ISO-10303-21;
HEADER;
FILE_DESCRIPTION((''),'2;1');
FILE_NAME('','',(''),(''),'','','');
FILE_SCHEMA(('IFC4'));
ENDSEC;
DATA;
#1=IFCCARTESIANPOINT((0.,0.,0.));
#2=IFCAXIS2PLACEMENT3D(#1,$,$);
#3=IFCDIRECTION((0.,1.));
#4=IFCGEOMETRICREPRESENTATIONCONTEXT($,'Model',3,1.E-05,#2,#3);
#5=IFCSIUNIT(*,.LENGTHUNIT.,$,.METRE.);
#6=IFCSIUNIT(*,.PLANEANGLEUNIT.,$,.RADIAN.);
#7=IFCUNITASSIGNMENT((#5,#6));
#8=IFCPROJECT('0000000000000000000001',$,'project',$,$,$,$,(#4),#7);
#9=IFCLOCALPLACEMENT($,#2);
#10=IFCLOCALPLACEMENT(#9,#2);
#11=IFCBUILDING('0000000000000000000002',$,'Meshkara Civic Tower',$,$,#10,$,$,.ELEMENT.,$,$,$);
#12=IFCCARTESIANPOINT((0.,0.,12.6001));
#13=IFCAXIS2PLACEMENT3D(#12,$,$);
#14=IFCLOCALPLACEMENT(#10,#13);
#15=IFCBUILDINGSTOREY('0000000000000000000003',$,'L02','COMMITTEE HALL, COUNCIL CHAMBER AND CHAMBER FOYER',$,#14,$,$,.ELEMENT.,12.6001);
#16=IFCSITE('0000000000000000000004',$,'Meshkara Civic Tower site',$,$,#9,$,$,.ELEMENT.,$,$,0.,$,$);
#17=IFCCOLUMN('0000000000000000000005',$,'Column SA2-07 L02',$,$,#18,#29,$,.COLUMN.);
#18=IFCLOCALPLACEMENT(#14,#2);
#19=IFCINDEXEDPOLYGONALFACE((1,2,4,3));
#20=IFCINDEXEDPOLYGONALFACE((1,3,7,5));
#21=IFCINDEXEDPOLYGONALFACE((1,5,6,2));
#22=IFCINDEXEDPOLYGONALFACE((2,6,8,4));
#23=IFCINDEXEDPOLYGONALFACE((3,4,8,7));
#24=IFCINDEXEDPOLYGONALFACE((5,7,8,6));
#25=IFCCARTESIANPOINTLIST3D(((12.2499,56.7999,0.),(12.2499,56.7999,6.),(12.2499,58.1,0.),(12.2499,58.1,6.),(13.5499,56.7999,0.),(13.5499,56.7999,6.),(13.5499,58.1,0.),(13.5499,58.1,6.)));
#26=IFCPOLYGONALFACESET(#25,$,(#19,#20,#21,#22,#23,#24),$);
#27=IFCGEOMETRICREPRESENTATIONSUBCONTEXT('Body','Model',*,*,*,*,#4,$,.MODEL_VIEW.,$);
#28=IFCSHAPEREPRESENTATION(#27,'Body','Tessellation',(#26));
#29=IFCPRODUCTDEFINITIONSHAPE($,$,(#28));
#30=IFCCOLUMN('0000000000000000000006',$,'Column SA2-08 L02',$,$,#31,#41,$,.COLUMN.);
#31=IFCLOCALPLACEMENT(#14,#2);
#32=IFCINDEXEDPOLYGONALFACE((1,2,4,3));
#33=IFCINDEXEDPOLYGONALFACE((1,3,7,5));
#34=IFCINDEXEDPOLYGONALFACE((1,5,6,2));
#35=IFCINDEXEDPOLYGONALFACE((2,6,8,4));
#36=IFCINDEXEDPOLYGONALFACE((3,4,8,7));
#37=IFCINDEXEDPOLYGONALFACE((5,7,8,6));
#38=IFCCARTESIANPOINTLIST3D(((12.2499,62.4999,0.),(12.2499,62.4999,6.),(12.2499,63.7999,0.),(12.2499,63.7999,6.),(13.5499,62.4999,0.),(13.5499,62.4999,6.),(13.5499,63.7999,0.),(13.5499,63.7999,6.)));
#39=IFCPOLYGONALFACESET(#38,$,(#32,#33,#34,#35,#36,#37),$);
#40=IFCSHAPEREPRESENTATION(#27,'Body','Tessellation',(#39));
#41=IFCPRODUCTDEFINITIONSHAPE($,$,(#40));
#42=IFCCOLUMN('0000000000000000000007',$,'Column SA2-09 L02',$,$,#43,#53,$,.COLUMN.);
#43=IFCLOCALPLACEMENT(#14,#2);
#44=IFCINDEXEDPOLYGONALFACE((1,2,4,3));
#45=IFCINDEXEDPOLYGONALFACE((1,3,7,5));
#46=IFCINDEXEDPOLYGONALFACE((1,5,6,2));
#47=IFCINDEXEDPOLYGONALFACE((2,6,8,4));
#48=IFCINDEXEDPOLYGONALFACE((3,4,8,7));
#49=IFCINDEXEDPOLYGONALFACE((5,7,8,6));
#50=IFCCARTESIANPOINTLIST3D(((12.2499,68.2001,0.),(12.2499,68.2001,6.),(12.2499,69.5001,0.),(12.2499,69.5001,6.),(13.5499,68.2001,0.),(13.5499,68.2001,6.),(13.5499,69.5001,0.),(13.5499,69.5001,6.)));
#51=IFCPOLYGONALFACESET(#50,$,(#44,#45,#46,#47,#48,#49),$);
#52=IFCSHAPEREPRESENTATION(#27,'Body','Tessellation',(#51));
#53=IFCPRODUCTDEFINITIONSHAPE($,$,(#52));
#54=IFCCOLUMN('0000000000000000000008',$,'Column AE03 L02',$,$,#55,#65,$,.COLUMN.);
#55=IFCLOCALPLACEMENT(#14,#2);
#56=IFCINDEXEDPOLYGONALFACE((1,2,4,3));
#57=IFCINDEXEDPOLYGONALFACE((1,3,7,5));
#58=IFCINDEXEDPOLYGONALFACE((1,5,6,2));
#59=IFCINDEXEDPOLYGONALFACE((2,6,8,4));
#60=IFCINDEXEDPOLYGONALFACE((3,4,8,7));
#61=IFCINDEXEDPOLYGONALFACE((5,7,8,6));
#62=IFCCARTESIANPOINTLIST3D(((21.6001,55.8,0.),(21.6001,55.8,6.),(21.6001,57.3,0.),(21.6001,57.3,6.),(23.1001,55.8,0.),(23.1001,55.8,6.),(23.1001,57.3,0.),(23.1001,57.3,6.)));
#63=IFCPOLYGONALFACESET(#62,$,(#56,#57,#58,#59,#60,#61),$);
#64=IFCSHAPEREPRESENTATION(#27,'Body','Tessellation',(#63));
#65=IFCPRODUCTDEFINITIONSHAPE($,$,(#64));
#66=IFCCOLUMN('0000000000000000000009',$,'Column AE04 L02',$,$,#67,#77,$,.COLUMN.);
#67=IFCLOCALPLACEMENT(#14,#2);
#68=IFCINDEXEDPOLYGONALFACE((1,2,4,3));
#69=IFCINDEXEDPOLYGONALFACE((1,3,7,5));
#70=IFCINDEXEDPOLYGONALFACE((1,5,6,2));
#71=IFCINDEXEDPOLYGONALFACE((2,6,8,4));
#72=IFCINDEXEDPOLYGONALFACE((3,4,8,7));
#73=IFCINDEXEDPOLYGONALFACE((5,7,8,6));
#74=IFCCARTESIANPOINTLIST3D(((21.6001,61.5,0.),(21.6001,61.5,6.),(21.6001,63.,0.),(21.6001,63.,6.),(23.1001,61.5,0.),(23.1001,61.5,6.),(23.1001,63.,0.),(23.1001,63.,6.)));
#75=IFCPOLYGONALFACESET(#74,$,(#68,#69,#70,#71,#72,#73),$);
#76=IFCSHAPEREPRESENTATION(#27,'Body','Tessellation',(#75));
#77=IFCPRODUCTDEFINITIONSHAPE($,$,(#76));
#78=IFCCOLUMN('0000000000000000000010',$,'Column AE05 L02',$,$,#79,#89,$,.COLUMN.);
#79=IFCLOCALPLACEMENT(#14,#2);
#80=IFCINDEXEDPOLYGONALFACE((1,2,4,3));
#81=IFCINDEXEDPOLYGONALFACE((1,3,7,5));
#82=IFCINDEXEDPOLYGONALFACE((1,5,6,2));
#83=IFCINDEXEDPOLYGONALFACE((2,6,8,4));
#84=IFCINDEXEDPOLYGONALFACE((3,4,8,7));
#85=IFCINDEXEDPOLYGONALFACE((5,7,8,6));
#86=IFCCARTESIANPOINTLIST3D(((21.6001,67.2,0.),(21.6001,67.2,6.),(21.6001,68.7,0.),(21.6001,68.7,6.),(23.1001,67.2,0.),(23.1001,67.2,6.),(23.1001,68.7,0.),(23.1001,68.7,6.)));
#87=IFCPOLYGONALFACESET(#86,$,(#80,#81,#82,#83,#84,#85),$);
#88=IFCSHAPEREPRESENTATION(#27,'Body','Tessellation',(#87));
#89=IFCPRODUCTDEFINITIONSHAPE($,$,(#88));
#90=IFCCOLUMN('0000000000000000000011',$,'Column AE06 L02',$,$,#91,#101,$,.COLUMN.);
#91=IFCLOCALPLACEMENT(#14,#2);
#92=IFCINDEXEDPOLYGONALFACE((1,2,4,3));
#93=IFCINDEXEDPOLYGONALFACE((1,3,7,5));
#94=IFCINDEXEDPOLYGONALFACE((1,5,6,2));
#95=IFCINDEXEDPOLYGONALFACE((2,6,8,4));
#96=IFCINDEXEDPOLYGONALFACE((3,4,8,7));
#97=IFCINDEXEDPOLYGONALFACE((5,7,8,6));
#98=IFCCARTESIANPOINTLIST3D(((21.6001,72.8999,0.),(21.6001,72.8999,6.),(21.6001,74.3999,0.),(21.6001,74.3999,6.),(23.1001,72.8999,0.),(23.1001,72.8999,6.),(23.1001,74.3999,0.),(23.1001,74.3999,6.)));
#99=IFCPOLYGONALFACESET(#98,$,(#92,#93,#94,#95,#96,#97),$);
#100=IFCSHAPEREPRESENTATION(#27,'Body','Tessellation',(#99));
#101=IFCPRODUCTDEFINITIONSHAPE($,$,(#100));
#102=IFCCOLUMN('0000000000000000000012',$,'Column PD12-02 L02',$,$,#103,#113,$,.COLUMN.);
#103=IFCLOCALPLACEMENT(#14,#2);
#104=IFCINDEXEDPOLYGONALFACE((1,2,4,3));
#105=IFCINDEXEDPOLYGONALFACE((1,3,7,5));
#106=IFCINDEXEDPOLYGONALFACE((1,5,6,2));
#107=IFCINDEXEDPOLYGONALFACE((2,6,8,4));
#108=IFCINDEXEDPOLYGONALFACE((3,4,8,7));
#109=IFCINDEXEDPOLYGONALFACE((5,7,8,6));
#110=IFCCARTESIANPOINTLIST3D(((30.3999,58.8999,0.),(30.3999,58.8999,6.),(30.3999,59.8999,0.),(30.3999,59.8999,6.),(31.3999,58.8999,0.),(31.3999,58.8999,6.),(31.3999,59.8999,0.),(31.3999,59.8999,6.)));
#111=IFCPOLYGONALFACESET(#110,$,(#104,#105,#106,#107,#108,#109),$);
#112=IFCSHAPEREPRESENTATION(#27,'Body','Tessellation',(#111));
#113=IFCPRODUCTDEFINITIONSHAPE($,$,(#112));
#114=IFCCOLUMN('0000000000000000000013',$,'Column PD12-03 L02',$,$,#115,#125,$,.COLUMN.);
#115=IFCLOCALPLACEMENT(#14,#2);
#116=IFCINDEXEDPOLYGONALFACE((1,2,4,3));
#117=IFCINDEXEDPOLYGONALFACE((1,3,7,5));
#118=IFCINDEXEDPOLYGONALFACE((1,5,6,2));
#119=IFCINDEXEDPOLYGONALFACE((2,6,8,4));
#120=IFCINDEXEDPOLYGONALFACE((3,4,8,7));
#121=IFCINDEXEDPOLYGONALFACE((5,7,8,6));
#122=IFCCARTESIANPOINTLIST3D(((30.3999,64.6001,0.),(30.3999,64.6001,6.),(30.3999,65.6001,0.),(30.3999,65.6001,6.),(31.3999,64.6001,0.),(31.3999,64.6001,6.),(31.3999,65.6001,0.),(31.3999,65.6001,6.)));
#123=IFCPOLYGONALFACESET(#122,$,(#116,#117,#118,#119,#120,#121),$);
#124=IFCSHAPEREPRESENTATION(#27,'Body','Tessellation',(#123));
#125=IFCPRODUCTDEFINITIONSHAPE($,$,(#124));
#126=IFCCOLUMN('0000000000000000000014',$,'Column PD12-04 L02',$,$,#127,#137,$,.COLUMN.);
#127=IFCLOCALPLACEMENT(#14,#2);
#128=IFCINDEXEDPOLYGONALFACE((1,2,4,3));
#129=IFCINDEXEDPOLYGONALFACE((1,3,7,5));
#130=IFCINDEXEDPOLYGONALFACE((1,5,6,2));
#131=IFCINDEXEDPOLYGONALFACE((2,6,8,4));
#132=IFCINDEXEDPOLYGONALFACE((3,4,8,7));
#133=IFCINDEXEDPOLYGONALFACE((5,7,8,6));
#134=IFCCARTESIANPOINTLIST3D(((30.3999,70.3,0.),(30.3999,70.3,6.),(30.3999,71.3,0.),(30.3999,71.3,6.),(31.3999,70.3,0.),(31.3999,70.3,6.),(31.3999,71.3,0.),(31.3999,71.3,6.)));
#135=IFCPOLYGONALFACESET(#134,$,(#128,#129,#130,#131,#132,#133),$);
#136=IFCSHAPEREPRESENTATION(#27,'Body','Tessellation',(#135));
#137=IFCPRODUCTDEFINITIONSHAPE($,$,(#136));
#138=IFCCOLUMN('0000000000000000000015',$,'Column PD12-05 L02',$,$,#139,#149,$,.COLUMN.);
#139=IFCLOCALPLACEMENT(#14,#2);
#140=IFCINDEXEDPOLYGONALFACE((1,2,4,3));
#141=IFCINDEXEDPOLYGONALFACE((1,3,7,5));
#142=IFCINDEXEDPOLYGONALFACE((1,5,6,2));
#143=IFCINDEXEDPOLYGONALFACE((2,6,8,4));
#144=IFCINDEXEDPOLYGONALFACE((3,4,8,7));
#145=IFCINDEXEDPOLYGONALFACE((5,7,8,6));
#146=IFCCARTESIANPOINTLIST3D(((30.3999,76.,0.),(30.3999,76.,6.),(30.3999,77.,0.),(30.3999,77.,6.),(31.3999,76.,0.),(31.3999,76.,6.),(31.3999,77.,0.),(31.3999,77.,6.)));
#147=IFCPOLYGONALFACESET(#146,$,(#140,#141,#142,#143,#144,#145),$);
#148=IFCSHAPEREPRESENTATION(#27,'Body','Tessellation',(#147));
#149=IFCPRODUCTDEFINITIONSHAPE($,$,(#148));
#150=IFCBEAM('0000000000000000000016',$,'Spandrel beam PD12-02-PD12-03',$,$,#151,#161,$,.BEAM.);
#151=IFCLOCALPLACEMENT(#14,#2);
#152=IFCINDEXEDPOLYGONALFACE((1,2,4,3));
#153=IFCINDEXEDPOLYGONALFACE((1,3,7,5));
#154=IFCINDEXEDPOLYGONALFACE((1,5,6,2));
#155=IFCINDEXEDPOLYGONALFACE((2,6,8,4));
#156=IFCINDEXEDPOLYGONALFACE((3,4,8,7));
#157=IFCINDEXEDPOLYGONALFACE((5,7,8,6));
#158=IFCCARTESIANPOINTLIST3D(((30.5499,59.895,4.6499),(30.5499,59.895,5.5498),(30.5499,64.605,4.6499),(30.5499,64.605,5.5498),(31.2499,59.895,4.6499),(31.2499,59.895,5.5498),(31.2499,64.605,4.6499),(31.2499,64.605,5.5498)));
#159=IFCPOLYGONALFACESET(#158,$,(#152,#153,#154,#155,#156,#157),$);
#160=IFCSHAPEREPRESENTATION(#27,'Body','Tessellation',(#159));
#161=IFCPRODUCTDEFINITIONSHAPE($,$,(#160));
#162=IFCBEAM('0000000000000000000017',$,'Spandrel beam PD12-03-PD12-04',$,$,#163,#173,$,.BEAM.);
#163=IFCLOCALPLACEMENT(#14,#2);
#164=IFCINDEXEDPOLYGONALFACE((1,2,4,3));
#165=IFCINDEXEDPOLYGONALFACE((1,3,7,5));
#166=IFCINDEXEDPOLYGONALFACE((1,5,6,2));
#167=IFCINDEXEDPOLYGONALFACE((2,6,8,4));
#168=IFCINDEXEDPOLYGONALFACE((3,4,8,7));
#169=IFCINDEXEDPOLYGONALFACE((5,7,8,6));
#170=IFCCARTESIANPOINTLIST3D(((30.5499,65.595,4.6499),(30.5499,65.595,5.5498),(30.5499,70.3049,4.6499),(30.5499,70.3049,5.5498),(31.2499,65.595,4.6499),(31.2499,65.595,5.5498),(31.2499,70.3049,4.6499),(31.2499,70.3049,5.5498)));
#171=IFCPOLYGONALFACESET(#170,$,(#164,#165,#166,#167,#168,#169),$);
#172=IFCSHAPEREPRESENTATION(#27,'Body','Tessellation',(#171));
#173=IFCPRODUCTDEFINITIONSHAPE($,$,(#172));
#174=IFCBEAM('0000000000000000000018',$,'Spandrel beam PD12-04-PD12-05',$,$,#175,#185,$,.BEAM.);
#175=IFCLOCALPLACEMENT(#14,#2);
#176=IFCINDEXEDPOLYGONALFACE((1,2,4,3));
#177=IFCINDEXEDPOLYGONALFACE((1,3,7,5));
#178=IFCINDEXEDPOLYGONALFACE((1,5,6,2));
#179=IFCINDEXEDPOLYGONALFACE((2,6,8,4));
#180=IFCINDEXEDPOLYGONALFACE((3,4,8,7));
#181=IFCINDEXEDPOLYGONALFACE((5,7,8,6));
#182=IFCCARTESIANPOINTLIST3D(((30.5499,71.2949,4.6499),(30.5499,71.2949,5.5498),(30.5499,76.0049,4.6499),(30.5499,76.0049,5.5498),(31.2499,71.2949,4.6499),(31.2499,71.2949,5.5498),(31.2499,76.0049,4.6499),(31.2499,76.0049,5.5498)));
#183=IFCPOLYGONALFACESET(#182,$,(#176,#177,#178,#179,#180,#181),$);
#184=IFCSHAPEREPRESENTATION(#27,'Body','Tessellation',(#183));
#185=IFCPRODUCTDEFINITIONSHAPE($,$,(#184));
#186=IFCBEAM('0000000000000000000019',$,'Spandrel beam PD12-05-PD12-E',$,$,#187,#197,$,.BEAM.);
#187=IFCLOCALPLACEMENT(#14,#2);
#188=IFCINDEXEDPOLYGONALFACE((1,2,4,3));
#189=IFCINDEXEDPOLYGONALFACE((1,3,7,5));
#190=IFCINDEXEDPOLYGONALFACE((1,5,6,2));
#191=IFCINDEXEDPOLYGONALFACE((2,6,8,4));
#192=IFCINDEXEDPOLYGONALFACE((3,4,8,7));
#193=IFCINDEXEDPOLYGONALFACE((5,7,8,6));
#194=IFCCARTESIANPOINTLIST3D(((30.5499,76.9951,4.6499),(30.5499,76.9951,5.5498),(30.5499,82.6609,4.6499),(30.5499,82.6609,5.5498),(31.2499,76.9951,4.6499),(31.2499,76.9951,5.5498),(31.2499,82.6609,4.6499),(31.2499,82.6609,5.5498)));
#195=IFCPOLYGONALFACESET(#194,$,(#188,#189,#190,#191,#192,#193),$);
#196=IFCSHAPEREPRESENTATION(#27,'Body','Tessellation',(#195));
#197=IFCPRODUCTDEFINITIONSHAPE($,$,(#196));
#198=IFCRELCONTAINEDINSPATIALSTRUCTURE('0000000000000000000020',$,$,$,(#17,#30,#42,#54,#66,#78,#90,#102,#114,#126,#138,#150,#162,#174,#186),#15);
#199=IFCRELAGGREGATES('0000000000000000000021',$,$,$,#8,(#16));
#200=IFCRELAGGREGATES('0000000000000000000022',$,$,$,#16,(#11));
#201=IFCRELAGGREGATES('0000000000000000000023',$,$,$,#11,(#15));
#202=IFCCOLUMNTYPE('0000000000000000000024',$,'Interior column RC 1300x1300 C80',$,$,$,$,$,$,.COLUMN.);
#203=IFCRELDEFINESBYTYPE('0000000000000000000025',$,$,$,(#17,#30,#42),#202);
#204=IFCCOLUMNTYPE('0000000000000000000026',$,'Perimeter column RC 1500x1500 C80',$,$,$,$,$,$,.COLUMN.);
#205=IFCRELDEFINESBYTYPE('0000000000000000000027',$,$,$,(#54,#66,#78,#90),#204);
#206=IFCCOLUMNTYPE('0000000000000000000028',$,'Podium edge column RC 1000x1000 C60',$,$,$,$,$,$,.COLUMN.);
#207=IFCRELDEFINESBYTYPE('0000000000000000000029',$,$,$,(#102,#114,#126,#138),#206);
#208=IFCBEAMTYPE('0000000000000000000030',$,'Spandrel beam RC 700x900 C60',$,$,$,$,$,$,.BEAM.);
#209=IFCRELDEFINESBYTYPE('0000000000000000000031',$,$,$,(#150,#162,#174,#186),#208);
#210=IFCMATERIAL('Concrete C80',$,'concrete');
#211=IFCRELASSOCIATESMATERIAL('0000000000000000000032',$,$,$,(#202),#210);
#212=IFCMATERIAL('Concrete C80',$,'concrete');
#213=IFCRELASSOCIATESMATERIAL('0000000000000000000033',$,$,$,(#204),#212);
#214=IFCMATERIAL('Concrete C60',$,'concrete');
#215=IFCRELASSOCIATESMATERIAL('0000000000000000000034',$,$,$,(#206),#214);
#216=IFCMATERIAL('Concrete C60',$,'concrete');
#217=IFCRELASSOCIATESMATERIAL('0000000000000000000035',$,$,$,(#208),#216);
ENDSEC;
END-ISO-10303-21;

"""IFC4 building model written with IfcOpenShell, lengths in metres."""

from ifc_helpers import new_model, si_unit, direction, frame, origin, origin_2d, place, context, subcontext, project, spatial, rectangle, extrude, material, material_profile, profile_set, type_object, element, save


model = new_model("IFC4")

# Units and contexts
model_context = context("Model", 3, precision=1e-05, world=origin(), true_north=direction((0.0, 1.0)))
body_context = subcontext(model_context, "Body", "Model", "MODEL_VIEW")
ifc_project = project(units=[si_unit("LENGTHUNIT", "METRE"), si_unit("PLANEANGLEUNIT", "RADIAN")], contexts=[model_context])

# Site, building, storey
site_placement = place(None, origin())
site = spatial("IfcSite", under=ifc_project, at=site_placement, Name="Meshkara Civic Tower site", CompositionType="ELEMENT", RefElevation=0.0)
building_placement = place(site_placement, origin())
building = spatial("IfcBuilding", under=site, at=building_placement, Name="Meshkara Civic Tower", CompositionType="ELEMENT")
storey_placement = place(building_placement, frame((0.0, 0.0, 12.6001)))
storey = spatial("IfcBuildingStorey", under=building, at=storey_placement, Name="L02", Description="COMMITTEE HALL, COUNCIL CHAMBER AND CHAMBER FOYER", CompositionType="ELEMENT", Elevation=12.6001)

# Columns
ifc_material_1 = material(Name="Concrete C80", Category="concrete")
ifc_material_profile_1 = material_profile(ifc_material_1, rectangle(XDim=1.3, YDim=1.3, at=origin_2d()))
ifc_profile_set_1 = profile_set([ifc_material_profile_1], Name="Concrete C80")
column_type_1 = type_object("IfcColumnType", Name="Interior column RC 1300x1300 C80", PredefinedType="COLUMN", material=ifc_profile_set_1)
for number, where, z_axis, x_axis, name in (
    (1, (12.8999, 57.45, 0.0), (0.0, 0.0, 1.0), (1.0, 0.0, 0.0), "Column SA2-07 L02"),
    (2, (12.8999, 63.1499, 0.0), (0.0, 0.0, 1.0), (1.0, 0.0, 0.0), "Column SA2-08 L02"),
    (3, (12.8999, 68.8501, 0.0), (0.0, 0.0, 1.0), (1.0, 0.0, 0.0), "Column SA2-09 L02"),
):
    element("IfcColumn", number, at=place(storey_placement, frame(where, z_axis=z_axis, x_axis=x_axis)), inside=storey, type_object=column_type_1, Name=name, PredefinedType="COLUMN", context=body_context, shape_type="SweptSolid", body=[
        extrude(rectangle(XDim=1.3, YDim=1.3, at=origin_2d()), origin(), (0.0, 0.0, 1.0), 6.0),
    ])
ifc_material_2 = material(Name="Concrete C80", Category="concrete")
ifc_material_profile_2 = material_profile(ifc_material_2, rectangle(XDim=1.5, YDim=1.5, at=origin_2d()))
ifc_profile_set_2 = profile_set([ifc_material_profile_2], Name="Concrete C80")
column_type_2 = type_object("IfcColumnType", Name="Perimeter column RC 1500x1500 C80", PredefinedType="COLUMN", material=ifc_profile_set_2)
for number, where, z_axis, x_axis, name in (
    (4, (22.3501, 56.55, 0.0), (0.0, 0.0, 1.0), (1.0, 0.0, 0.0), "Column AE03 L02"),
    (5, (22.3501, 62.25, 0.0), (0.0, 0.0, 1.0), (1.0, 0.0, 0.0), "Column AE04 L02"),
    (6, (22.3501, 67.95, 0.0), (0.0, 0.0, 1.0), (1.0, 0.0, 0.0), "Column AE05 L02"),
    (7, (22.3501, 73.6499, 0.0), (0.0, 0.0, 1.0), (1.0, 0.0, 0.0), "Column AE06 L02"),
):
    element("IfcColumn", number, at=place(storey_placement, frame(where, z_axis=z_axis, x_axis=x_axis)), inside=storey, type_object=column_type_2, Name=name, PredefinedType="COLUMN", context=body_context, shape_type="SweptSolid", body=[
        extrude(rectangle(XDim=1.5, YDim=1.5, at=origin_2d()), origin(), (0.0, 0.0, 1.0), 6.0),
    ])
ifc_material_3 = material(Name="Concrete C60", Category="concrete")
ifc_material_profile_3 = material_profile(ifc_material_3, rectangle(XDim=1.0, YDim=1.0, at=origin_2d()))
ifc_profile_set_3 = profile_set([ifc_material_profile_3], Name="Concrete C60")
column_type_3 = type_object("IfcColumnType", Name="Podium edge column RC 1000x1000 C60", PredefinedType="COLUMN", material=ifc_profile_set_3)
for number, where, z_axis, x_axis, name in (
    (8, (30.8999, 59.3999, 0.0), (0.0, 0.0, 1.0), (1.0, 0.0, 0.0), "Column PD12-02 L02"),
    (9, (30.8999, 65.1001, 0.0), (0.0, 0.0, 1.0), (1.0, 0.0, 0.0), "Column PD12-03 L02"),
    (10, (30.8999, 70.8, 0.0), (0.0, 0.0, 1.0), (1.0, 0.0, 0.0), "Column PD12-04 L02"),
    (11, (30.8999, 76.5, 0.0), (0.0, 0.0, 1.0), (1.0, 0.0, 0.0), "Column PD12-05 L02"),
):
    element("IfcColumn", number, at=place(storey_placement, frame(where, z_axis=z_axis, x_axis=x_axis)), inside=storey, type_object=column_type_3, Name=name, PredefinedType="COLUMN", context=body_context, shape_type="SweptSolid", body=[
        extrude(rectangle(XDim=1.0, YDim=1.0, at=origin_2d()), origin(), (0.0, 0.0, 1.0), 6.0),
    ])

# Beams
ifc_material_4 = material(Name="Concrete C60", Category="concrete")
ifc_material_profile_4 = material_profile(ifc_material_4, rectangle(XDim=0.7, YDim=0.8999, at=origin_2d()))
ifc_profile_set_4 = profile_set([ifc_material_profile_4], Name="Concrete C60")
beam_type = type_object("IfcBeamType", Name="Spandrel beam RC 700x900 C60", PredefinedType="BEAM", material=ifc_profile_set_4)
for number, where, z_axis, x_axis, name in (
    (12, (30.8999, 59.895, 5.0999), (0.0, 1.0, 0.0), (-1.0, 0.0, 0.0), "Spandrel beam PD12-02-PD12-03"),
    (13, (30.8999, 65.595, 5.0999), (0.0, 1.0, 0.0), (-1.0, 0.0, 0.0), "Spandrel beam PD12-03-PD12-04"),
    (14, (30.8999, 71.2949, 5.0999), (0.0, 1.0, 0.0), (-1.0, 0.0, 0.0), "Spandrel beam PD12-04-PD12-05"),
):
    element("IfcBeam", number, at=place(storey_placement, frame(where, z_axis=z_axis, x_axis=x_axis)), inside=storey, type_object=beam_type, Name=name, PredefinedType="BEAM", context=body_context, shape_type="SweptSolid", body=[
        extrude(rectangle(XDim=0.7, YDim=0.8999, at=origin_2d()), origin(), (0.0, 0.0, 1.0), 4.71),
    ])
beam_placement = place(storey_placement, frame((30.8999, 76.9951, 5.0999), z_axis=(0.0, 1.0, 0.0), x_axis=(-1.0, 0.0, 0.0)))
element("IfcBeam", 15, at=beam_placement, inside=storey, type_object=beam_type, Name="Spandrel beam PD12-05-PD12-E", PredefinedType="BEAM", context=body_context, shape_type="SweptSolid", body=[
    extrude(rectangle(XDim=0.7, YDim=0.8999, at=origin_2d()), origin(), (0.0, 0.0, 1.0), 5.6658),
])

save(model, "model.ifc")
